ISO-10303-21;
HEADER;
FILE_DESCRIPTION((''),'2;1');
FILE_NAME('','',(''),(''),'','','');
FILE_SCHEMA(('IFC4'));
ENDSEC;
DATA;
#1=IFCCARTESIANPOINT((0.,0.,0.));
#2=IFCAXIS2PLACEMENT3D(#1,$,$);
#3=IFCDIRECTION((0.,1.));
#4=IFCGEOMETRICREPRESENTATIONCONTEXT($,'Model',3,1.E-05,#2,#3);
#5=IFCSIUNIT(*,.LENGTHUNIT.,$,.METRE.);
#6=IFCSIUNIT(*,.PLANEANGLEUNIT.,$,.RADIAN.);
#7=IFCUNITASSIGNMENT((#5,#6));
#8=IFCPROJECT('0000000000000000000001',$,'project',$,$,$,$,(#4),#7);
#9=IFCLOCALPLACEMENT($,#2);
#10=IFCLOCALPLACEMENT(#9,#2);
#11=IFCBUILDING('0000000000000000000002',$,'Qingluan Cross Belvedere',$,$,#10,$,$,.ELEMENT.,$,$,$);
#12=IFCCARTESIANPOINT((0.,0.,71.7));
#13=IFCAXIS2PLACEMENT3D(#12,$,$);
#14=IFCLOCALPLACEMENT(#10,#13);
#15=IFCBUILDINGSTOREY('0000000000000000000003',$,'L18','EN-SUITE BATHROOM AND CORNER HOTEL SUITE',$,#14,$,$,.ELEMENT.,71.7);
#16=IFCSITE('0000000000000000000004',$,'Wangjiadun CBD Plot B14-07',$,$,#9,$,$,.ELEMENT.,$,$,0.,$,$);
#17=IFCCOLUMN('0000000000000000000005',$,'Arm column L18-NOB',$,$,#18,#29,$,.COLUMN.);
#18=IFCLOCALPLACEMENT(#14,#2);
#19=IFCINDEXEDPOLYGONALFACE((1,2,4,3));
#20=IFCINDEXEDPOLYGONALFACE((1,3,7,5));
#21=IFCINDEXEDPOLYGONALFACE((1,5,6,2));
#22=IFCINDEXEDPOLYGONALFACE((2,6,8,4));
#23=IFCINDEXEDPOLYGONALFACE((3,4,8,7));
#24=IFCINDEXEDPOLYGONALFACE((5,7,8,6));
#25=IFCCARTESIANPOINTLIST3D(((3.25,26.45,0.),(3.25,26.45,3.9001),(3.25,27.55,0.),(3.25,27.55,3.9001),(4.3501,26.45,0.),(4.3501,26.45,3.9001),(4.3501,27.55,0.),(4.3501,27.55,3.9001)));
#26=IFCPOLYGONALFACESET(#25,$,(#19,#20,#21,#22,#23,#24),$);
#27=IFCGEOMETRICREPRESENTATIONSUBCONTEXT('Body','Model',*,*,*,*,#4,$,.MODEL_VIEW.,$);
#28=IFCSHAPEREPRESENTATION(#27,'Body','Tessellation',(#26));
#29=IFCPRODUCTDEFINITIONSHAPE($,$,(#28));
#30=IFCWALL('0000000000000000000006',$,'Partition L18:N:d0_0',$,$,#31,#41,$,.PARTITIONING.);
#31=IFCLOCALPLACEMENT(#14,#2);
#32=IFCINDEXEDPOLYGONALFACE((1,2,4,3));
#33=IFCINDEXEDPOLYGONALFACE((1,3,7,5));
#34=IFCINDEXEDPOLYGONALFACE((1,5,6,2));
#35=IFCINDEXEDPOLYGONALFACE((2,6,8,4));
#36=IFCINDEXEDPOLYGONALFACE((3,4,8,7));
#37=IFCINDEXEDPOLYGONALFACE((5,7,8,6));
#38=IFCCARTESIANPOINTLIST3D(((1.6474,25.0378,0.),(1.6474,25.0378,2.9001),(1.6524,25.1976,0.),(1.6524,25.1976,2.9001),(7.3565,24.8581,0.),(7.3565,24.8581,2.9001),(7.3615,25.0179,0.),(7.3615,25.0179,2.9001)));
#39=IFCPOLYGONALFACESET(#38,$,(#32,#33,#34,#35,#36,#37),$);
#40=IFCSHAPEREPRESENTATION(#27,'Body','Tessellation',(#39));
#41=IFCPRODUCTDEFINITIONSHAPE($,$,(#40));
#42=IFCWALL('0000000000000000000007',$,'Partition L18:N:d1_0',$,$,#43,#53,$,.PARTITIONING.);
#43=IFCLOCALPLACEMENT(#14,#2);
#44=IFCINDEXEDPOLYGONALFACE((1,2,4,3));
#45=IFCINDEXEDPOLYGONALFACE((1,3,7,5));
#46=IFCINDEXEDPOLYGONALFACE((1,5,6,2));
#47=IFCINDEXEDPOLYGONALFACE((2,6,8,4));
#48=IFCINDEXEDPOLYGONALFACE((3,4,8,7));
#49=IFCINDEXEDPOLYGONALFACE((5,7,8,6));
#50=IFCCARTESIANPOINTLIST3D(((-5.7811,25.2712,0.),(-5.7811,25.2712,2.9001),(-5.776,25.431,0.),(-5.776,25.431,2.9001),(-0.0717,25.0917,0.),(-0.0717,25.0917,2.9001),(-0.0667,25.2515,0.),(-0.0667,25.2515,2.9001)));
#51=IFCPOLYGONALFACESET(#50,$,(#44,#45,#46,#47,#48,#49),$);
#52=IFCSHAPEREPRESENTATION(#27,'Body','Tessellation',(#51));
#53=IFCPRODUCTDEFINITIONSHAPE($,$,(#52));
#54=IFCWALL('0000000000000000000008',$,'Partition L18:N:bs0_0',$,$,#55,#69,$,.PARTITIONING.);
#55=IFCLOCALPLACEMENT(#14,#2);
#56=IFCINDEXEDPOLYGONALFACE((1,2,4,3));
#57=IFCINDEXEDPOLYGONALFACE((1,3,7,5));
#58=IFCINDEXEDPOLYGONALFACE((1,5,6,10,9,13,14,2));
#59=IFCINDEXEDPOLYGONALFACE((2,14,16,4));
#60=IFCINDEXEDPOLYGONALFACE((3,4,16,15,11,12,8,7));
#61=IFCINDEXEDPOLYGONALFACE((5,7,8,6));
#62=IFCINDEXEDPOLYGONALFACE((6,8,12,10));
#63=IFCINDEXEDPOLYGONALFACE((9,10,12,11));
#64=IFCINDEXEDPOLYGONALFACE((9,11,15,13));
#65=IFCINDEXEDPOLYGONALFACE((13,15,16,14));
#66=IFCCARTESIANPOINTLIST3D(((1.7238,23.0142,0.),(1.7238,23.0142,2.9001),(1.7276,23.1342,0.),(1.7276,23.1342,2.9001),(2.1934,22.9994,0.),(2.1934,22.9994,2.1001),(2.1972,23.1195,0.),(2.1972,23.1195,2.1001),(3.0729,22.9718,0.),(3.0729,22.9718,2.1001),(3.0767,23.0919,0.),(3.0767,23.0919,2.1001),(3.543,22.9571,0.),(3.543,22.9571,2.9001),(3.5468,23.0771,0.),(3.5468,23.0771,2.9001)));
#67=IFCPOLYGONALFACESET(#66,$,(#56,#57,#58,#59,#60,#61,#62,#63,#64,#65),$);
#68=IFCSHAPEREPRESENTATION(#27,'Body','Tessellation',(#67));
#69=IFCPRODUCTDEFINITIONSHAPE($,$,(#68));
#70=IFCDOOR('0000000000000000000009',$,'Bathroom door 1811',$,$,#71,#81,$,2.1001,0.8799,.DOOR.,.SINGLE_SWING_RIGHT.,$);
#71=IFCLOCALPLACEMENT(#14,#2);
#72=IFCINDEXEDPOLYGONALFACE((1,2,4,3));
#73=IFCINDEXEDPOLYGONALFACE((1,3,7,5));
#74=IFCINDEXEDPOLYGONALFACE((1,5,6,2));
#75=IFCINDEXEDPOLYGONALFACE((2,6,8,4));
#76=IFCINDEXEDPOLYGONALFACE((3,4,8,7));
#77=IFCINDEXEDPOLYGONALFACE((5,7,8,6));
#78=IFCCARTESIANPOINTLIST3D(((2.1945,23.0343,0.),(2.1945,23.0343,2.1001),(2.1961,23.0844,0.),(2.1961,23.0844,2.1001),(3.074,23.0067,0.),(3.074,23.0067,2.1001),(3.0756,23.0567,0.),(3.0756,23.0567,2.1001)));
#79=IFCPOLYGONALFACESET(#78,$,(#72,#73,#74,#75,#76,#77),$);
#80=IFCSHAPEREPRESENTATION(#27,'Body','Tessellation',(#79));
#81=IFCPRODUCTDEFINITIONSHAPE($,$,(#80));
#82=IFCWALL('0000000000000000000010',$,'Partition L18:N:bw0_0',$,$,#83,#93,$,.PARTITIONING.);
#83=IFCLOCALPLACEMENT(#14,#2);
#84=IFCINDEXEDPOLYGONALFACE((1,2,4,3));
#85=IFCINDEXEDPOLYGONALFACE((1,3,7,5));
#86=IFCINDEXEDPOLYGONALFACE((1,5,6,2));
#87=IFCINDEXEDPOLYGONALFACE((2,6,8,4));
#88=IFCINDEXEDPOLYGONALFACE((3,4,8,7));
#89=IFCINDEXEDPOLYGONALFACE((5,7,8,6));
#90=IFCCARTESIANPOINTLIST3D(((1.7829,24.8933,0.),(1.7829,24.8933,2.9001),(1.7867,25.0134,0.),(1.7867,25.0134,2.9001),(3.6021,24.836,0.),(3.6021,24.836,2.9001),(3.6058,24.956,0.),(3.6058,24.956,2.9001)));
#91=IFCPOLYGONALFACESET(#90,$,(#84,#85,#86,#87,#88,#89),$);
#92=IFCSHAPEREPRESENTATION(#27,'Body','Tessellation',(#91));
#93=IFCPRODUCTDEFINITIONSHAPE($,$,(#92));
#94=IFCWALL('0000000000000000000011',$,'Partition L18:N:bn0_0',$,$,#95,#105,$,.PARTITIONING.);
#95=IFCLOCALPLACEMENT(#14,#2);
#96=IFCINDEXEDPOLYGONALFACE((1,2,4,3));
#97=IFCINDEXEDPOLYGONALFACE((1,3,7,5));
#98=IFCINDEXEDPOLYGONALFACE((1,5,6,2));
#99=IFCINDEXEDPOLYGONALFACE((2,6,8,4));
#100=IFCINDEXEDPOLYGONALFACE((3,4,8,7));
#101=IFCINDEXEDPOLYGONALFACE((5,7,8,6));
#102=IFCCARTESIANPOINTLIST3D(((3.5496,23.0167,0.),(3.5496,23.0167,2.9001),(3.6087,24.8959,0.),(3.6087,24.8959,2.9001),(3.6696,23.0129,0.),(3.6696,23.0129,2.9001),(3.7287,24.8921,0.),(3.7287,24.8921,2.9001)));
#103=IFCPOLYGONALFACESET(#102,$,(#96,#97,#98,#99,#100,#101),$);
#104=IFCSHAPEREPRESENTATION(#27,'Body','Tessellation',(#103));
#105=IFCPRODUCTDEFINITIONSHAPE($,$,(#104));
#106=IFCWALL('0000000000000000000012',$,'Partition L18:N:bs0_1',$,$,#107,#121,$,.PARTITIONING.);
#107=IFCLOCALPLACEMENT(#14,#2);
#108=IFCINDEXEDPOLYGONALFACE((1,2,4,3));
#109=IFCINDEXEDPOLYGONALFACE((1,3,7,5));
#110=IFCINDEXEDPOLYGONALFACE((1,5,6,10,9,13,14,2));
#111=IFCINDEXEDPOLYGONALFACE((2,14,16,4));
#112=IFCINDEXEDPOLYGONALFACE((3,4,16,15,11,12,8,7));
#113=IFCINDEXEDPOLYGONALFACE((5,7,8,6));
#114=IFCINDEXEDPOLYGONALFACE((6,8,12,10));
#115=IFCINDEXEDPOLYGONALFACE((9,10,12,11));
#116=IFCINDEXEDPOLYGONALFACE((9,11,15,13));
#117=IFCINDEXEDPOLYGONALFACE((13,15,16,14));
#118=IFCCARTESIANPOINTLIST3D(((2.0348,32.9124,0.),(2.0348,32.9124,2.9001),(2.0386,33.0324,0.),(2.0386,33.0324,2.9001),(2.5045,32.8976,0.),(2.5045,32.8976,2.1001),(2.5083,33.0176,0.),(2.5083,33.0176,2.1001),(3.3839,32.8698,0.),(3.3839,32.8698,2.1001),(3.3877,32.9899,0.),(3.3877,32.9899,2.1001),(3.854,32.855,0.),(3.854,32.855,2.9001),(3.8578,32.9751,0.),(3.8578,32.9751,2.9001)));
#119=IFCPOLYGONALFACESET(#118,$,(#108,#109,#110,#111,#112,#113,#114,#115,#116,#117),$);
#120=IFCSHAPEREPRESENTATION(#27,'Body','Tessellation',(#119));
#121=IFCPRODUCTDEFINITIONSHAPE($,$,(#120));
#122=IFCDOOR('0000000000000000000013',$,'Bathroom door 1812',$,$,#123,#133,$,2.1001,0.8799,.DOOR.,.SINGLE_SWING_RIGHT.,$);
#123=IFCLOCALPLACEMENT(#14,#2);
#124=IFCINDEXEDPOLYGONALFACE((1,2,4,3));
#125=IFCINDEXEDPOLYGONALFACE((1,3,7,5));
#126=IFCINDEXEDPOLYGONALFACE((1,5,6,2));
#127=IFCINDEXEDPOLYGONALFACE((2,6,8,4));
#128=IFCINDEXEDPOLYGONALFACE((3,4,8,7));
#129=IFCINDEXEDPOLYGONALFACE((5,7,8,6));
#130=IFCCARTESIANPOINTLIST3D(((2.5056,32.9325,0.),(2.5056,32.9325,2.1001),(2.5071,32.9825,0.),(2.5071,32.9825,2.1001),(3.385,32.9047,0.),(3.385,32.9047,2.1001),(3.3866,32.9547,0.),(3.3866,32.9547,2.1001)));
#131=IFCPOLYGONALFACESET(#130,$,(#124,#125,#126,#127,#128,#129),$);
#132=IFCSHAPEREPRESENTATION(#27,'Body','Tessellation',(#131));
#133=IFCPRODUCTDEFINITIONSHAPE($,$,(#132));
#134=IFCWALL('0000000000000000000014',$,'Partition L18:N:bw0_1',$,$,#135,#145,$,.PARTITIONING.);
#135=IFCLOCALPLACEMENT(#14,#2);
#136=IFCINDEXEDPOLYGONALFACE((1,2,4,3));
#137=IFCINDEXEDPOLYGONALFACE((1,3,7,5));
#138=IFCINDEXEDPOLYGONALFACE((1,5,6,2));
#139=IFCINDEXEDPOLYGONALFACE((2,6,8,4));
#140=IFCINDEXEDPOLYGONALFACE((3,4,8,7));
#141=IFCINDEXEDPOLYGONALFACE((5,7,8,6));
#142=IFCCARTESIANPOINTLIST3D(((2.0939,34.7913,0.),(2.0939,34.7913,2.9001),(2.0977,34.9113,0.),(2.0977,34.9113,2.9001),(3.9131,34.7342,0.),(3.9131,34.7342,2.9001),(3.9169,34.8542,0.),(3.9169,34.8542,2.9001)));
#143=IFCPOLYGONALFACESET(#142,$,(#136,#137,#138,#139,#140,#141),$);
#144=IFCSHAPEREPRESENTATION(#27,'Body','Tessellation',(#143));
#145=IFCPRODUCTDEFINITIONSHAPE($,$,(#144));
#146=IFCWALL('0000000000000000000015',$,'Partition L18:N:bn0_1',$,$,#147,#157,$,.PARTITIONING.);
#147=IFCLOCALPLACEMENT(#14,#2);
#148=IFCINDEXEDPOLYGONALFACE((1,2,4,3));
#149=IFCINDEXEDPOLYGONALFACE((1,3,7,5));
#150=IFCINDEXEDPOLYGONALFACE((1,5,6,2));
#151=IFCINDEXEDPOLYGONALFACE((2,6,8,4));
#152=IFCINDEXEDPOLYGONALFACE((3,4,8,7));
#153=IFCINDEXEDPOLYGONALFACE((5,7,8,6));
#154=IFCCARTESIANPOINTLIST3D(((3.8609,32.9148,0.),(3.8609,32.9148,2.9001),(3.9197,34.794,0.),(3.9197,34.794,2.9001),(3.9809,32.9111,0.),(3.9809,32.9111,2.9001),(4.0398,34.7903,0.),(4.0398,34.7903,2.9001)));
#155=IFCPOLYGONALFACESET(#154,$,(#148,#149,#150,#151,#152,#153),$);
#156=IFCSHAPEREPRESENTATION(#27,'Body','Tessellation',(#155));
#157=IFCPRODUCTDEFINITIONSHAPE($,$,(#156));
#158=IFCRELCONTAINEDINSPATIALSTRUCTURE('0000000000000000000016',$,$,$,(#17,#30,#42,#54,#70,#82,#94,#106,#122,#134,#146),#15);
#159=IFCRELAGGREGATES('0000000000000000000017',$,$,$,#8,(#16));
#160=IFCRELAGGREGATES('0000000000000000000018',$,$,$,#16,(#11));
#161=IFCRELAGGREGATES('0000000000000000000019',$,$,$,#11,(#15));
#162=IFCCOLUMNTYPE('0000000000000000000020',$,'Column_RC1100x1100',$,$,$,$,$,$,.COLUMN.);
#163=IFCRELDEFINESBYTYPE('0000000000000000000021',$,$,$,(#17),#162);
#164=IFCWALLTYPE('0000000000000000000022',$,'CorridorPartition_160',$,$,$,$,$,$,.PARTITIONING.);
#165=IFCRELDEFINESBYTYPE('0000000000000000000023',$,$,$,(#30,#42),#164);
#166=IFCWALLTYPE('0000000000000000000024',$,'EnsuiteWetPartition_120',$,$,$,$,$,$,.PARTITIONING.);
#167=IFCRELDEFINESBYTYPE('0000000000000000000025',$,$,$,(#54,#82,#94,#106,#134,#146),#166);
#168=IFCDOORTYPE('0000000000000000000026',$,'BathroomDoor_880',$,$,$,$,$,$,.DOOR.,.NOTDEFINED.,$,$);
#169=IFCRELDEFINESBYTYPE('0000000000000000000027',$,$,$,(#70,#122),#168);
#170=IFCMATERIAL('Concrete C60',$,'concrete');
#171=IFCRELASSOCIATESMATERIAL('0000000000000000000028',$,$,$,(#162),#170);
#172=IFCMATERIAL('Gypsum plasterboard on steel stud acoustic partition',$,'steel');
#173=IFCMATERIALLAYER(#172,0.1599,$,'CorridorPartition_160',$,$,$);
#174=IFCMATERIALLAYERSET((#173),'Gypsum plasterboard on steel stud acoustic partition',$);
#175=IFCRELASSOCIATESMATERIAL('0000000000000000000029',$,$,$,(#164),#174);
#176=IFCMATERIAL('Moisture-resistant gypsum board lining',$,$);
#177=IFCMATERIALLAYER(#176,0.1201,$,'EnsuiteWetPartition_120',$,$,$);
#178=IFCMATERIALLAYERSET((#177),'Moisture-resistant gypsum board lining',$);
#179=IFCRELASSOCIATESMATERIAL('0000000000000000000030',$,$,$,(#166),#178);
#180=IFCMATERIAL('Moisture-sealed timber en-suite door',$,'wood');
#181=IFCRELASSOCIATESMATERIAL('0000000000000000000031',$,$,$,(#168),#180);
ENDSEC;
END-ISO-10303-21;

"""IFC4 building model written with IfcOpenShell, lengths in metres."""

from ifc_helpers import new_model, si_unit, direction, frame, frame_2d, origin, origin_2d, place, context, subcontext, project, spatial, rectangle, extrude, material, layer, layer_set, material_profile, profile_set, type_object, element, fill, save


model = new_model("IFC4")

# Units and contexts
model_context = context("Model", 3, precision=1e-05, world=origin(), true_north=direction((0.0, 1.0)))
body_context = subcontext(model_context, "Body", "Model", "MODEL_VIEW")
ifc_project = project(units=[si_unit("LENGTHUNIT", "METRE"), si_unit("PLANEANGLEUNIT", "RADIAN")], contexts=[model_context])

# Site, building, storey
site_placement = place(None, origin())
site = spatial("IfcSite", under=ifc_project, at=site_placement, Name="Wangjiadun CBD Plot B14-07", CompositionType="ELEMENT", RefElevation=0.0)
building_placement = place(site_placement, origin())
building = spatial("IfcBuilding", under=site, at=building_placement, Name="Qingluan Cross Belvedere", CompositionType="ELEMENT")
storey_placement = place(building_placement, frame((0.0, 0.0, 71.7)))
storey = spatial("IfcBuildingStorey", under=building, at=storey_placement, Name="L18", Description="EN-SUITE BATHROOM AND CORNER HOTEL SUITE", CompositionType="ELEMENT", Elevation=71.7)

# Column
ifc_material_1 = material(Name="Concrete C60", Category="concrete")
ifc_material_profile = material_profile(ifc_material_1, rectangle(XDim=1.1001, YDim=1.1001, at=origin_2d()), Name="RC1100x1100")
ifc_profile_set = profile_set([ifc_material_profile], Name="Concrete C60")
column_type = type_object("IfcColumnType", Name="Column_RC1100x1100", PredefinedType="COLUMN", material=ifc_profile_set)
column_placement = place(storey_placement, frame((3.8, 27.0, 0.0), z_axis=(0.0, 0.0, 1.0), x_axis=(1.0, 0.0, 0.0)))
element("IfcColumn", 1, at=column_placement, inside=storey, type_object=column_type, Name="Arm column L18-NOB", PredefinedType="COLUMN", context=body_context, shape_type="SweptSolid", body=[
    extrude(rectangle(XDim=1.1001, YDim=1.1001, at=origin_2d()), origin(), (0.0, 0.0, 1.0), 3.9001),
])

# Walls
ifc_material_2 = material(Name="Gypsum plasterboard on steel stud acoustic partition", Category="steel")
ifc_layer_1 = layer(ifc_material_2, 0.1599, Name="CorridorPartition_160")
ifc_layer_set_1 = layer_set([ifc_layer_1], Name="Gypsum plasterboard on steel stud acoustic partition")
wall_type_1 = type_object("IfcWallType", Name="CorridorPartition_160", PredefinedType="PARTITIONING", material=ifc_layer_set_1)
wall_1_placement = place(storey_placement, frame((1.6499, 25.1177, 0.0), z_axis=(0.0, 0.0, 1.0), x_axis=(0.999505, -0.031459, 0.0)))
element("IfcWall", 2, at=wall_1_placement, inside=storey, type_object=wall_type_1, Name="Partition L18:N:d0_0", PredefinedType="PARTITIONING", context=body_context, shape_type="SweptSolid", body=[
    extrude(rectangle(XDim=5.7119, YDim=0.1599, at=frame_2d((2.856, 0.0))), origin(), (0.0, 0.0, 1.0), 2.9001),
])
wall_2_placement = place(storey_placement, frame((-0.0693, 25.1716, 0.0), z_axis=(0.0, 0.0, 1.0), x_axis=(-0.999506, 0.031415, 0.0)))
element("IfcWall", 3, at=wall_2_placement, inside=storey, type_object=wall_type_1, Name="Partition L18:N:d1_0", PredefinedType="PARTITIONING", context=body_context, shape_type="SweptSolid", body=[
    extrude(rectangle(XDim=5.7122, YDim=0.1599, at=frame_2d((2.856, 0.0))), origin(), (0.0, 0.0, 1.0), 2.9001),
])

# Wall, opening, door
ifc_material_3 = material(Name="Moisture-resistant gypsum board lining")
ifc_layer_2 = layer(ifc_material_3, 0.1201, Name="EnsuiteWetPartition_120")
ifc_layer_set_2 = layer_set([ifc_layer_2], Name="Moisture-resistant gypsum board lining")
wall_type_2 = type_object("IfcWallType", Name="EnsuiteWetPartition_120", PredefinedType="PARTITIONING", material=ifc_layer_set_2)
wall_3_placement = place(storey_placement, frame((1.7256, 23.0742, 0.0), z_axis=(0.0, 0.0, 1.0), x_axis=(0.999507, -0.03139, 0.0)))
wall_3 = element("IfcWall", 4, at=wall_3_placement, inside=storey, type_object=wall_type_2, Name="Partition L18:N:bs0_0", PredefinedType="PARTITIONING", context=body_context, shape_type="SweptSolid", body=[
    extrude(rectangle(XDim=1.8201, YDim=0.1201, at=frame_2d((0.9102, 0.0))), origin(), (0.0, 0.0, 1.0), 2.9001),
])
opening_1_placement = place(wall_3_placement, frame((0.47, 0.0, 0.0)))
opening_1 = element("IfcOpeningElement", 5, at=opening_1_placement, cuts=wall_3, PredefinedType="OPENING", context=body_context, shape_type="SweptSolid", body=[
    extrude(rectangle(XDim=0.8799, YDim=2.1001, at=frame_2d((0.4399, 1.05))), frame((0.0, 0.0701, 0.0), z_axis=(0.0, -1.0, 0.0), x_axis=(1.0, 0.0, 0.0)), (0.0, 0.0, 1.0), 0.1401),
])
ifc_material_4 = material(Name="Moisture-sealed timber en-suite door", Category="wood")
door_type = type_object("IfcDoorType", Name="BathroomDoor_880", OperationType="NOTDEFINED", PredefinedType="DOOR", material=ifc_material_4)
door_1_placement = place(opening_1_placement, origin())
door_1 = element("IfcDoor", 6, at=door_1_placement, inside=storey, type_object=door_type, Name="Bathroom door 1811", OperationType="SINGLE_SWING_RIGHT", OverallHeight=2.1001, OverallWidth=0.8799, PredefinedType="DOOR", context=body_context, shape_type="SweptSolid", body=[
    extrude(rectangle(XDim=0.8799, YDim=2.1001, at=frame_2d((0.4399, 1.05))), frame((0.0, 0.0249, 0.0), z_axis=(0.0, -1.0, 0.0), x_axis=(1.0, 0.0, 0.0)), (0.0, 0.0, 1.0), 0.05),
])
fill(opening_1, door_1)

# Walls
wall_4_placement = place(storey_placement, frame((1.7847, 24.9534, 0.0), z_axis=(0.0, 0.0, 1.0), x_axis=(0.999503, -0.031524, 0.0)))
element("IfcWall", 7, at=wall_4_placement, inside=storey, type_object=wall_type_2, Name="Partition L18:N:bw0_0", PredefinedType="PARTITIONING", context=body_context, shape_type="SweptSolid", body=[
    extrude(rectangle(XDim=1.8201, YDim=0.1201, at=frame_2d((0.9102, 0.0))), origin(), (0.0, 0.0, 1.0), 2.9001),
])
wall_5_placement = place(storey_placement, frame((3.6096, 23.0149, 0.0), z_axis=(0.0, 0.0, 1.0), x_axis=(0.031425, 0.999506, 0.0)))
element("IfcWall", 8, at=wall_5_placement, inside=storey, type_object=wall_type_2, Name="Partition L18:N:bn0_0", PredefinedType="PARTITIONING", context=body_context, shape_type="SweptSolid", body=[
    extrude(rectangle(XDim=1.8801, YDim=0.1201, at=frame_2d((0.9399, 0.0))), origin(), (0.0, 0.0, 1.0), 2.9001),
])

# Wall, opening, door
wall_6_placement = place(storey_placement, frame((2.0366, 32.9724, 0.0), z_axis=(0.0, 0.0, 1.0), x_axis=(0.999503, -0.031524, 0.0)))
wall_6 = element("IfcWall", 9, at=wall_6_placement, inside=storey, type_object=wall_type_2, Name="Partition L18:N:bs0_1", PredefinedType="PARTITIONING", context=body_context, shape_type="SweptSolid", body=[
    extrude(rectangle(XDim=1.8201, YDim=0.1201, at=frame_2d((0.9102, 0.0))), origin(), (0.0, 0.0, 1.0), 2.9001),
])
opening_2_placement = place(wall_6_placement, frame((0.47, 0.0, 0.0)))
opening_2 = element("IfcOpeningElement", 10, at=opening_2_placement, cuts=wall_6, PredefinedType="OPENING", context=body_context, shape_type="SweptSolid", body=[
    extrude(rectangle(XDim=0.8799, YDim=2.1001, at=frame_2d((0.4399, 1.05))), frame((0.0, 0.0701, 0.0), z_axis=(0.0, -1.0, 0.0), x_axis=(1.0, 0.0, 0.0)), (0.0, 0.0, 1.0), 0.1401),
])
door_2_placement = place(opening_2_placement, origin())
door_2 = element("IfcDoor", 11, at=door_2_placement, inside=storey, type_object=door_type, Name="Bathroom door 1812", OperationType="SINGLE_SWING_RIGHT", OverallHeight=2.1001, OverallWidth=0.8799, PredefinedType="DOOR", context=body_context, shape_type="SweptSolid", body=[
    extrude(rectangle(XDim=0.8799, YDim=2.1001, at=frame_2d((0.4399, 1.05))), frame((0.0, 0.0249, 0.0), z_axis=(0.0, -1.0, 0.0), x_axis=(1.0, 0.0, 0.0)), (0.0, 0.0, 1.0), 0.05),
])
fill(opening_2, door_2)

# Walls
wall_7_placement = place(storey_placement, frame((2.0957, 34.8513, 0.0), z_axis=(0.0, 0.0, 1.0), x_axis=(0.999507, -0.03139, 0.0)))
element("IfcWall", 12, at=wall_7_placement, inside=storey, type_object=wall_type_2, Name="Partition L18:N:bw0_1", PredefinedType="PARTITIONING", context=body_context, shape_type="SweptSolid", body=[
    extrude(rectangle(XDim=1.8201, YDim=0.1201, at=frame_2d((0.9102, 0.0))), origin(), (0.0, 0.0, 1.0), 2.9001),
])
wall_8_placement = place(storey_placement, frame((3.9209, 32.9131, 0.0), z_axis=(0.0, 0.0, 1.0), x_axis=(0.031296, 0.99951, 0.0)))
element("IfcWall", 13, at=wall_8_placement, inside=storey, type_object=wall_type_2, Name="Partition L18:N:bn0_1", PredefinedType="PARTITIONING", context=body_context, shape_type="SweptSolid", body=[
    extrude(rectangle(XDim=1.8801, YDim=0.1201, at=frame_2d((0.9399, 0.0))), origin(), (0.0, 0.0, 1.0), 2.9001),
])

save(model, "model.ifc")
